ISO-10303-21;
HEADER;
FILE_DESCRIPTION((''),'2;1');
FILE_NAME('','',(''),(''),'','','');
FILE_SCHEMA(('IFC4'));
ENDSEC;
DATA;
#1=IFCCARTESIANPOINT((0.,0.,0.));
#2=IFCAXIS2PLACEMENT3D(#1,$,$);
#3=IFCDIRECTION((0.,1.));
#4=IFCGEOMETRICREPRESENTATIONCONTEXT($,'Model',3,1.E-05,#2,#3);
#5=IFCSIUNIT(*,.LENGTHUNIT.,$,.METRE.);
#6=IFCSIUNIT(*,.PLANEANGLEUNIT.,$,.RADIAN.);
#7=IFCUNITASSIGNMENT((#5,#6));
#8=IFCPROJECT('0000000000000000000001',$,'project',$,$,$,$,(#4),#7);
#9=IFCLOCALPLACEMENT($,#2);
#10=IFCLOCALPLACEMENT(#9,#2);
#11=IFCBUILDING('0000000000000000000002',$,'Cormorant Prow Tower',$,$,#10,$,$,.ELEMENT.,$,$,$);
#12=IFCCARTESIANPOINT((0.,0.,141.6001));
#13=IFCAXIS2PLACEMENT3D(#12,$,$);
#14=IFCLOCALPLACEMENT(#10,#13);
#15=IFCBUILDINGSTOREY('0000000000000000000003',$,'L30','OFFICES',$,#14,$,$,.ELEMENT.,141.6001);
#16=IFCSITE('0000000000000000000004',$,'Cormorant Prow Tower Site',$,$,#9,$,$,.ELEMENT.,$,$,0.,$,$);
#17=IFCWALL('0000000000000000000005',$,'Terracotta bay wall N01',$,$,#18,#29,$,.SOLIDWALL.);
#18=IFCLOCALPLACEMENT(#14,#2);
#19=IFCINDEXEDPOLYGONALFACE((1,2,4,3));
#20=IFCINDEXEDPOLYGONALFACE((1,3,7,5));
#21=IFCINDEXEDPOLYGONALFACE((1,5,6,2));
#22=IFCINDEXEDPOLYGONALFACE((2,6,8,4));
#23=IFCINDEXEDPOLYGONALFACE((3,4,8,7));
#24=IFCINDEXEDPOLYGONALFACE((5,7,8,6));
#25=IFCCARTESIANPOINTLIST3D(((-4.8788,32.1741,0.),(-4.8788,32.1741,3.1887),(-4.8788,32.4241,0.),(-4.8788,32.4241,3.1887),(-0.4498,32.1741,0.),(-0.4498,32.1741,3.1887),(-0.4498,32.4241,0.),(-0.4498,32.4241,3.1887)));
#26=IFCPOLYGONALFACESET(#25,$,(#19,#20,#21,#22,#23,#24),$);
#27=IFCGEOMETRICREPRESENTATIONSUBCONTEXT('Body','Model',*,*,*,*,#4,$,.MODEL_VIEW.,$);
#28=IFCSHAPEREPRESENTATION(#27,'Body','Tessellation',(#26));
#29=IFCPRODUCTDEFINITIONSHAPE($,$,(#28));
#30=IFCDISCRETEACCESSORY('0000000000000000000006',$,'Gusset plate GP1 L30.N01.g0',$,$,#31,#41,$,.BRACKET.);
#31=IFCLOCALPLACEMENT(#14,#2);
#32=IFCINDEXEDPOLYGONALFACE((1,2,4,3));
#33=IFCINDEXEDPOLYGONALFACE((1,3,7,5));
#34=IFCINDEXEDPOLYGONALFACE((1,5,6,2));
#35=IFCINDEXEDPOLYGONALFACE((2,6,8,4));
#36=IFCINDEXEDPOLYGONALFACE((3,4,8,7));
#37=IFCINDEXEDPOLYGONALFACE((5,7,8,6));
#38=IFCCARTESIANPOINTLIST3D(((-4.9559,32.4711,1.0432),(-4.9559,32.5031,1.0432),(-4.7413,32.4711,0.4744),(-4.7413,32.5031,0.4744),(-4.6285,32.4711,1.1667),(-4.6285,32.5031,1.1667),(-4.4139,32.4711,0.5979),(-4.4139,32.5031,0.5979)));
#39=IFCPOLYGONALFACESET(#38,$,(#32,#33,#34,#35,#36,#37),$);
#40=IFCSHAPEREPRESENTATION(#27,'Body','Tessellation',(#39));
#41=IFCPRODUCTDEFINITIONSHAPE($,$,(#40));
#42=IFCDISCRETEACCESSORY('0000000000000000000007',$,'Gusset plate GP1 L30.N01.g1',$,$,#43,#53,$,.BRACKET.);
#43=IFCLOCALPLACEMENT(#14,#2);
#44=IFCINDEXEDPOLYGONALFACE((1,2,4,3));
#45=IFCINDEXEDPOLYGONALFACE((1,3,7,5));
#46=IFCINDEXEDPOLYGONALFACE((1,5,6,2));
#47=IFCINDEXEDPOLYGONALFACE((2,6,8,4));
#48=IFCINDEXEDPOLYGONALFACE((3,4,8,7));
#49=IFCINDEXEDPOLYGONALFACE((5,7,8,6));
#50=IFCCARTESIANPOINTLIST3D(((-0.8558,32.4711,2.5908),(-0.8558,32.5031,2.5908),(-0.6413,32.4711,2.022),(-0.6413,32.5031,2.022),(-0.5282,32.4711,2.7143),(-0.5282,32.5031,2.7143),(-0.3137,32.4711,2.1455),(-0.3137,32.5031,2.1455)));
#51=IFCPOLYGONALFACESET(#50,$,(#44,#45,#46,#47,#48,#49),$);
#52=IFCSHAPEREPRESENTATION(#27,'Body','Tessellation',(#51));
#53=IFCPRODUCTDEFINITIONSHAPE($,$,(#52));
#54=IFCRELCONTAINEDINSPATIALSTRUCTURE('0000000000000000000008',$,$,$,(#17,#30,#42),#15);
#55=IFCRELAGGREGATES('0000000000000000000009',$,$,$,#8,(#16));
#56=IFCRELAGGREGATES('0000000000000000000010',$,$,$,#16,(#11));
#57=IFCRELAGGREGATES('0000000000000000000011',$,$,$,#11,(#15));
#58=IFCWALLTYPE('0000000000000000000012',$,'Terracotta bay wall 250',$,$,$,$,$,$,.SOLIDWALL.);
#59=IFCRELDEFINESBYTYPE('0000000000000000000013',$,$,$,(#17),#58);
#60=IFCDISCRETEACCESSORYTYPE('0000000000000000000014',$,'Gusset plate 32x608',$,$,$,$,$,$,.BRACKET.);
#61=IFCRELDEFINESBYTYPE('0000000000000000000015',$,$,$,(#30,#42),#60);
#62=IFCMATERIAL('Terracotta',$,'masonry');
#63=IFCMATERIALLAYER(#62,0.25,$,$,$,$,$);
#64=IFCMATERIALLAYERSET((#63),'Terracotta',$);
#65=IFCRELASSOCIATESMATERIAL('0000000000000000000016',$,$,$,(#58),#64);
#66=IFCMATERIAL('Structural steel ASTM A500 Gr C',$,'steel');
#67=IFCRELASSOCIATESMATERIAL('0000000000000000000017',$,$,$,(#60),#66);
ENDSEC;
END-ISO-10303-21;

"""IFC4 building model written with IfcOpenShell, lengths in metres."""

from ifc_helpers import new_model, si_unit, direction, frame, frame_2d, origin, origin_2d, place, context, subcontext, project, spatial, rectangle, extrude, material, layer, layer_set, material_profile, profile_set, type_object, element, save


model = new_model("IFC4")

# Units and contexts
model_context = context("Model", 3, precision=1e-05, world=origin(), true_north=direction((0.0, 1.0)))
body_context = subcontext(model_context, "Body", "Model", "MODEL_VIEW")
ifc_project = project(units=[si_unit("LENGTHUNIT", "METRE"), si_unit("PLANEANGLEUNIT", "RADIAN")], contexts=[model_context])

# Site, building, storey
site_placement = place(None, origin())
site = spatial("IfcSite", under=ifc_project, at=site_placement, Name="Cormorant Prow Tower Site", CompositionType="ELEMENT", RefElevation=0.0)
building_placement = place(site_placement, origin())
building = spatial("IfcBuilding", under=site, at=building_placement, Name="Cormorant Prow Tower", CompositionType="ELEMENT")
storey_placement = place(building_placement, frame((0.0, 0.0, 141.6001)))
storey = spatial("IfcBuildingStorey", under=building, at=storey_placement, Name="L30", Description="OFFICES", CompositionType="ELEMENT", Elevation=141.6001)

# Wall
ifc_material_1 = material(Name="Terracotta", Category="masonry")
ifc_layer_1 = layer(ifc_material_1, 0.25)
ifc_layer_set_1 = layer_set([ifc_layer_1], Name="Terracotta")
wall_type_1 = type_object("IfcWallType", Name="Terracotta bay wall 250", PredefinedType="SOLIDWALL", material=ifc_layer_set_1)
wall_1_placement = place(storey_placement, frame((-0.45, 32.2991, 0.0), z_axis=(0.0, 0.0, 1.0), x_axis=(-1.0, 0.0, 0.0)))
element("IfcWall", 1, at=wall_1_placement, inside=storey, type_object=wall_type_1, Name="Terracotta bay wall N01", PredefinedType="SOLIDWALL", context=body_context, shape_type="SweptSolid", body=[
    extrude(rectangle(XDim=4.429, YDim=0.25, at=frame_2d((2.2144, 0.0))), origin(), (0.0, 0.0, 1.0), 3.1887),
])

# Discrete accessories
ifc_material_2 = material(Name="Structural steel ASTM A500 Gr C", Category="steel")
ifc_material_profile_1 = material_profile(ifc_material_2, rectangle(XDim=0.032, YDim=0.6079, at=origin_2d()), Name="Gusset plate 32x608")
ifc_profile_set_1 = profile_set([ifc_material_profile_1], Name="Structural steel ASTM A500 Gr C")
discrete_accessory_type = type_object("IfcDiscreteAccessoryType", Name="Gusset plate 32x608", PredefinedType="BRACKET", material=ifc_profile_set_1)
discrete_accessory_1_placement = place(storey_placement, frame((-4.5212, 32.4871, 0.8823), z_axis=(-0.93561, 0.0, -0.353034), x_axis=(0.0, -1.0, 0.0)))
element("IfcDiscreteAccessory", 2, at=discrete_accessory_1_placement, inside=storey, type_object=discrete_accessory_type, Name="Gusset plate GP1 L30.N01.g0", PredefinedType="BRACKET", context=body_context, shape_type="SweptSolid", body=[
    extrude(rectangle(XDim=0.032, YDim=0.6079, at=origin_2d()), origin(), (0.0, 0.0, 1.0), 0.3499),
])
discrete_accessory_2_placement = place(storey_placement, frame((-0.7485, 32.4871, 2.3064), z_axis=(0.935697, 0.0, 0.352804), x_axis=(0.0, 1.0, 0.0)))
element("IfcDiscreteAccessory", 3, at=discrete_accessory_2_placement, inside=storey, type_object=discrete_accessory_type, Name="Gusset plate GP1 L30.N01.g1", PredefinedType="BRACKET", context=body_context, shape_type="SweptSolid", body=[
    extrude(rectangle(XDim=0.032, YDim=0.6079, at=origin_2d()), origin(), (0.0, 0.0, 1.0), 0.3501),
])

save(model, "model.ifc")
